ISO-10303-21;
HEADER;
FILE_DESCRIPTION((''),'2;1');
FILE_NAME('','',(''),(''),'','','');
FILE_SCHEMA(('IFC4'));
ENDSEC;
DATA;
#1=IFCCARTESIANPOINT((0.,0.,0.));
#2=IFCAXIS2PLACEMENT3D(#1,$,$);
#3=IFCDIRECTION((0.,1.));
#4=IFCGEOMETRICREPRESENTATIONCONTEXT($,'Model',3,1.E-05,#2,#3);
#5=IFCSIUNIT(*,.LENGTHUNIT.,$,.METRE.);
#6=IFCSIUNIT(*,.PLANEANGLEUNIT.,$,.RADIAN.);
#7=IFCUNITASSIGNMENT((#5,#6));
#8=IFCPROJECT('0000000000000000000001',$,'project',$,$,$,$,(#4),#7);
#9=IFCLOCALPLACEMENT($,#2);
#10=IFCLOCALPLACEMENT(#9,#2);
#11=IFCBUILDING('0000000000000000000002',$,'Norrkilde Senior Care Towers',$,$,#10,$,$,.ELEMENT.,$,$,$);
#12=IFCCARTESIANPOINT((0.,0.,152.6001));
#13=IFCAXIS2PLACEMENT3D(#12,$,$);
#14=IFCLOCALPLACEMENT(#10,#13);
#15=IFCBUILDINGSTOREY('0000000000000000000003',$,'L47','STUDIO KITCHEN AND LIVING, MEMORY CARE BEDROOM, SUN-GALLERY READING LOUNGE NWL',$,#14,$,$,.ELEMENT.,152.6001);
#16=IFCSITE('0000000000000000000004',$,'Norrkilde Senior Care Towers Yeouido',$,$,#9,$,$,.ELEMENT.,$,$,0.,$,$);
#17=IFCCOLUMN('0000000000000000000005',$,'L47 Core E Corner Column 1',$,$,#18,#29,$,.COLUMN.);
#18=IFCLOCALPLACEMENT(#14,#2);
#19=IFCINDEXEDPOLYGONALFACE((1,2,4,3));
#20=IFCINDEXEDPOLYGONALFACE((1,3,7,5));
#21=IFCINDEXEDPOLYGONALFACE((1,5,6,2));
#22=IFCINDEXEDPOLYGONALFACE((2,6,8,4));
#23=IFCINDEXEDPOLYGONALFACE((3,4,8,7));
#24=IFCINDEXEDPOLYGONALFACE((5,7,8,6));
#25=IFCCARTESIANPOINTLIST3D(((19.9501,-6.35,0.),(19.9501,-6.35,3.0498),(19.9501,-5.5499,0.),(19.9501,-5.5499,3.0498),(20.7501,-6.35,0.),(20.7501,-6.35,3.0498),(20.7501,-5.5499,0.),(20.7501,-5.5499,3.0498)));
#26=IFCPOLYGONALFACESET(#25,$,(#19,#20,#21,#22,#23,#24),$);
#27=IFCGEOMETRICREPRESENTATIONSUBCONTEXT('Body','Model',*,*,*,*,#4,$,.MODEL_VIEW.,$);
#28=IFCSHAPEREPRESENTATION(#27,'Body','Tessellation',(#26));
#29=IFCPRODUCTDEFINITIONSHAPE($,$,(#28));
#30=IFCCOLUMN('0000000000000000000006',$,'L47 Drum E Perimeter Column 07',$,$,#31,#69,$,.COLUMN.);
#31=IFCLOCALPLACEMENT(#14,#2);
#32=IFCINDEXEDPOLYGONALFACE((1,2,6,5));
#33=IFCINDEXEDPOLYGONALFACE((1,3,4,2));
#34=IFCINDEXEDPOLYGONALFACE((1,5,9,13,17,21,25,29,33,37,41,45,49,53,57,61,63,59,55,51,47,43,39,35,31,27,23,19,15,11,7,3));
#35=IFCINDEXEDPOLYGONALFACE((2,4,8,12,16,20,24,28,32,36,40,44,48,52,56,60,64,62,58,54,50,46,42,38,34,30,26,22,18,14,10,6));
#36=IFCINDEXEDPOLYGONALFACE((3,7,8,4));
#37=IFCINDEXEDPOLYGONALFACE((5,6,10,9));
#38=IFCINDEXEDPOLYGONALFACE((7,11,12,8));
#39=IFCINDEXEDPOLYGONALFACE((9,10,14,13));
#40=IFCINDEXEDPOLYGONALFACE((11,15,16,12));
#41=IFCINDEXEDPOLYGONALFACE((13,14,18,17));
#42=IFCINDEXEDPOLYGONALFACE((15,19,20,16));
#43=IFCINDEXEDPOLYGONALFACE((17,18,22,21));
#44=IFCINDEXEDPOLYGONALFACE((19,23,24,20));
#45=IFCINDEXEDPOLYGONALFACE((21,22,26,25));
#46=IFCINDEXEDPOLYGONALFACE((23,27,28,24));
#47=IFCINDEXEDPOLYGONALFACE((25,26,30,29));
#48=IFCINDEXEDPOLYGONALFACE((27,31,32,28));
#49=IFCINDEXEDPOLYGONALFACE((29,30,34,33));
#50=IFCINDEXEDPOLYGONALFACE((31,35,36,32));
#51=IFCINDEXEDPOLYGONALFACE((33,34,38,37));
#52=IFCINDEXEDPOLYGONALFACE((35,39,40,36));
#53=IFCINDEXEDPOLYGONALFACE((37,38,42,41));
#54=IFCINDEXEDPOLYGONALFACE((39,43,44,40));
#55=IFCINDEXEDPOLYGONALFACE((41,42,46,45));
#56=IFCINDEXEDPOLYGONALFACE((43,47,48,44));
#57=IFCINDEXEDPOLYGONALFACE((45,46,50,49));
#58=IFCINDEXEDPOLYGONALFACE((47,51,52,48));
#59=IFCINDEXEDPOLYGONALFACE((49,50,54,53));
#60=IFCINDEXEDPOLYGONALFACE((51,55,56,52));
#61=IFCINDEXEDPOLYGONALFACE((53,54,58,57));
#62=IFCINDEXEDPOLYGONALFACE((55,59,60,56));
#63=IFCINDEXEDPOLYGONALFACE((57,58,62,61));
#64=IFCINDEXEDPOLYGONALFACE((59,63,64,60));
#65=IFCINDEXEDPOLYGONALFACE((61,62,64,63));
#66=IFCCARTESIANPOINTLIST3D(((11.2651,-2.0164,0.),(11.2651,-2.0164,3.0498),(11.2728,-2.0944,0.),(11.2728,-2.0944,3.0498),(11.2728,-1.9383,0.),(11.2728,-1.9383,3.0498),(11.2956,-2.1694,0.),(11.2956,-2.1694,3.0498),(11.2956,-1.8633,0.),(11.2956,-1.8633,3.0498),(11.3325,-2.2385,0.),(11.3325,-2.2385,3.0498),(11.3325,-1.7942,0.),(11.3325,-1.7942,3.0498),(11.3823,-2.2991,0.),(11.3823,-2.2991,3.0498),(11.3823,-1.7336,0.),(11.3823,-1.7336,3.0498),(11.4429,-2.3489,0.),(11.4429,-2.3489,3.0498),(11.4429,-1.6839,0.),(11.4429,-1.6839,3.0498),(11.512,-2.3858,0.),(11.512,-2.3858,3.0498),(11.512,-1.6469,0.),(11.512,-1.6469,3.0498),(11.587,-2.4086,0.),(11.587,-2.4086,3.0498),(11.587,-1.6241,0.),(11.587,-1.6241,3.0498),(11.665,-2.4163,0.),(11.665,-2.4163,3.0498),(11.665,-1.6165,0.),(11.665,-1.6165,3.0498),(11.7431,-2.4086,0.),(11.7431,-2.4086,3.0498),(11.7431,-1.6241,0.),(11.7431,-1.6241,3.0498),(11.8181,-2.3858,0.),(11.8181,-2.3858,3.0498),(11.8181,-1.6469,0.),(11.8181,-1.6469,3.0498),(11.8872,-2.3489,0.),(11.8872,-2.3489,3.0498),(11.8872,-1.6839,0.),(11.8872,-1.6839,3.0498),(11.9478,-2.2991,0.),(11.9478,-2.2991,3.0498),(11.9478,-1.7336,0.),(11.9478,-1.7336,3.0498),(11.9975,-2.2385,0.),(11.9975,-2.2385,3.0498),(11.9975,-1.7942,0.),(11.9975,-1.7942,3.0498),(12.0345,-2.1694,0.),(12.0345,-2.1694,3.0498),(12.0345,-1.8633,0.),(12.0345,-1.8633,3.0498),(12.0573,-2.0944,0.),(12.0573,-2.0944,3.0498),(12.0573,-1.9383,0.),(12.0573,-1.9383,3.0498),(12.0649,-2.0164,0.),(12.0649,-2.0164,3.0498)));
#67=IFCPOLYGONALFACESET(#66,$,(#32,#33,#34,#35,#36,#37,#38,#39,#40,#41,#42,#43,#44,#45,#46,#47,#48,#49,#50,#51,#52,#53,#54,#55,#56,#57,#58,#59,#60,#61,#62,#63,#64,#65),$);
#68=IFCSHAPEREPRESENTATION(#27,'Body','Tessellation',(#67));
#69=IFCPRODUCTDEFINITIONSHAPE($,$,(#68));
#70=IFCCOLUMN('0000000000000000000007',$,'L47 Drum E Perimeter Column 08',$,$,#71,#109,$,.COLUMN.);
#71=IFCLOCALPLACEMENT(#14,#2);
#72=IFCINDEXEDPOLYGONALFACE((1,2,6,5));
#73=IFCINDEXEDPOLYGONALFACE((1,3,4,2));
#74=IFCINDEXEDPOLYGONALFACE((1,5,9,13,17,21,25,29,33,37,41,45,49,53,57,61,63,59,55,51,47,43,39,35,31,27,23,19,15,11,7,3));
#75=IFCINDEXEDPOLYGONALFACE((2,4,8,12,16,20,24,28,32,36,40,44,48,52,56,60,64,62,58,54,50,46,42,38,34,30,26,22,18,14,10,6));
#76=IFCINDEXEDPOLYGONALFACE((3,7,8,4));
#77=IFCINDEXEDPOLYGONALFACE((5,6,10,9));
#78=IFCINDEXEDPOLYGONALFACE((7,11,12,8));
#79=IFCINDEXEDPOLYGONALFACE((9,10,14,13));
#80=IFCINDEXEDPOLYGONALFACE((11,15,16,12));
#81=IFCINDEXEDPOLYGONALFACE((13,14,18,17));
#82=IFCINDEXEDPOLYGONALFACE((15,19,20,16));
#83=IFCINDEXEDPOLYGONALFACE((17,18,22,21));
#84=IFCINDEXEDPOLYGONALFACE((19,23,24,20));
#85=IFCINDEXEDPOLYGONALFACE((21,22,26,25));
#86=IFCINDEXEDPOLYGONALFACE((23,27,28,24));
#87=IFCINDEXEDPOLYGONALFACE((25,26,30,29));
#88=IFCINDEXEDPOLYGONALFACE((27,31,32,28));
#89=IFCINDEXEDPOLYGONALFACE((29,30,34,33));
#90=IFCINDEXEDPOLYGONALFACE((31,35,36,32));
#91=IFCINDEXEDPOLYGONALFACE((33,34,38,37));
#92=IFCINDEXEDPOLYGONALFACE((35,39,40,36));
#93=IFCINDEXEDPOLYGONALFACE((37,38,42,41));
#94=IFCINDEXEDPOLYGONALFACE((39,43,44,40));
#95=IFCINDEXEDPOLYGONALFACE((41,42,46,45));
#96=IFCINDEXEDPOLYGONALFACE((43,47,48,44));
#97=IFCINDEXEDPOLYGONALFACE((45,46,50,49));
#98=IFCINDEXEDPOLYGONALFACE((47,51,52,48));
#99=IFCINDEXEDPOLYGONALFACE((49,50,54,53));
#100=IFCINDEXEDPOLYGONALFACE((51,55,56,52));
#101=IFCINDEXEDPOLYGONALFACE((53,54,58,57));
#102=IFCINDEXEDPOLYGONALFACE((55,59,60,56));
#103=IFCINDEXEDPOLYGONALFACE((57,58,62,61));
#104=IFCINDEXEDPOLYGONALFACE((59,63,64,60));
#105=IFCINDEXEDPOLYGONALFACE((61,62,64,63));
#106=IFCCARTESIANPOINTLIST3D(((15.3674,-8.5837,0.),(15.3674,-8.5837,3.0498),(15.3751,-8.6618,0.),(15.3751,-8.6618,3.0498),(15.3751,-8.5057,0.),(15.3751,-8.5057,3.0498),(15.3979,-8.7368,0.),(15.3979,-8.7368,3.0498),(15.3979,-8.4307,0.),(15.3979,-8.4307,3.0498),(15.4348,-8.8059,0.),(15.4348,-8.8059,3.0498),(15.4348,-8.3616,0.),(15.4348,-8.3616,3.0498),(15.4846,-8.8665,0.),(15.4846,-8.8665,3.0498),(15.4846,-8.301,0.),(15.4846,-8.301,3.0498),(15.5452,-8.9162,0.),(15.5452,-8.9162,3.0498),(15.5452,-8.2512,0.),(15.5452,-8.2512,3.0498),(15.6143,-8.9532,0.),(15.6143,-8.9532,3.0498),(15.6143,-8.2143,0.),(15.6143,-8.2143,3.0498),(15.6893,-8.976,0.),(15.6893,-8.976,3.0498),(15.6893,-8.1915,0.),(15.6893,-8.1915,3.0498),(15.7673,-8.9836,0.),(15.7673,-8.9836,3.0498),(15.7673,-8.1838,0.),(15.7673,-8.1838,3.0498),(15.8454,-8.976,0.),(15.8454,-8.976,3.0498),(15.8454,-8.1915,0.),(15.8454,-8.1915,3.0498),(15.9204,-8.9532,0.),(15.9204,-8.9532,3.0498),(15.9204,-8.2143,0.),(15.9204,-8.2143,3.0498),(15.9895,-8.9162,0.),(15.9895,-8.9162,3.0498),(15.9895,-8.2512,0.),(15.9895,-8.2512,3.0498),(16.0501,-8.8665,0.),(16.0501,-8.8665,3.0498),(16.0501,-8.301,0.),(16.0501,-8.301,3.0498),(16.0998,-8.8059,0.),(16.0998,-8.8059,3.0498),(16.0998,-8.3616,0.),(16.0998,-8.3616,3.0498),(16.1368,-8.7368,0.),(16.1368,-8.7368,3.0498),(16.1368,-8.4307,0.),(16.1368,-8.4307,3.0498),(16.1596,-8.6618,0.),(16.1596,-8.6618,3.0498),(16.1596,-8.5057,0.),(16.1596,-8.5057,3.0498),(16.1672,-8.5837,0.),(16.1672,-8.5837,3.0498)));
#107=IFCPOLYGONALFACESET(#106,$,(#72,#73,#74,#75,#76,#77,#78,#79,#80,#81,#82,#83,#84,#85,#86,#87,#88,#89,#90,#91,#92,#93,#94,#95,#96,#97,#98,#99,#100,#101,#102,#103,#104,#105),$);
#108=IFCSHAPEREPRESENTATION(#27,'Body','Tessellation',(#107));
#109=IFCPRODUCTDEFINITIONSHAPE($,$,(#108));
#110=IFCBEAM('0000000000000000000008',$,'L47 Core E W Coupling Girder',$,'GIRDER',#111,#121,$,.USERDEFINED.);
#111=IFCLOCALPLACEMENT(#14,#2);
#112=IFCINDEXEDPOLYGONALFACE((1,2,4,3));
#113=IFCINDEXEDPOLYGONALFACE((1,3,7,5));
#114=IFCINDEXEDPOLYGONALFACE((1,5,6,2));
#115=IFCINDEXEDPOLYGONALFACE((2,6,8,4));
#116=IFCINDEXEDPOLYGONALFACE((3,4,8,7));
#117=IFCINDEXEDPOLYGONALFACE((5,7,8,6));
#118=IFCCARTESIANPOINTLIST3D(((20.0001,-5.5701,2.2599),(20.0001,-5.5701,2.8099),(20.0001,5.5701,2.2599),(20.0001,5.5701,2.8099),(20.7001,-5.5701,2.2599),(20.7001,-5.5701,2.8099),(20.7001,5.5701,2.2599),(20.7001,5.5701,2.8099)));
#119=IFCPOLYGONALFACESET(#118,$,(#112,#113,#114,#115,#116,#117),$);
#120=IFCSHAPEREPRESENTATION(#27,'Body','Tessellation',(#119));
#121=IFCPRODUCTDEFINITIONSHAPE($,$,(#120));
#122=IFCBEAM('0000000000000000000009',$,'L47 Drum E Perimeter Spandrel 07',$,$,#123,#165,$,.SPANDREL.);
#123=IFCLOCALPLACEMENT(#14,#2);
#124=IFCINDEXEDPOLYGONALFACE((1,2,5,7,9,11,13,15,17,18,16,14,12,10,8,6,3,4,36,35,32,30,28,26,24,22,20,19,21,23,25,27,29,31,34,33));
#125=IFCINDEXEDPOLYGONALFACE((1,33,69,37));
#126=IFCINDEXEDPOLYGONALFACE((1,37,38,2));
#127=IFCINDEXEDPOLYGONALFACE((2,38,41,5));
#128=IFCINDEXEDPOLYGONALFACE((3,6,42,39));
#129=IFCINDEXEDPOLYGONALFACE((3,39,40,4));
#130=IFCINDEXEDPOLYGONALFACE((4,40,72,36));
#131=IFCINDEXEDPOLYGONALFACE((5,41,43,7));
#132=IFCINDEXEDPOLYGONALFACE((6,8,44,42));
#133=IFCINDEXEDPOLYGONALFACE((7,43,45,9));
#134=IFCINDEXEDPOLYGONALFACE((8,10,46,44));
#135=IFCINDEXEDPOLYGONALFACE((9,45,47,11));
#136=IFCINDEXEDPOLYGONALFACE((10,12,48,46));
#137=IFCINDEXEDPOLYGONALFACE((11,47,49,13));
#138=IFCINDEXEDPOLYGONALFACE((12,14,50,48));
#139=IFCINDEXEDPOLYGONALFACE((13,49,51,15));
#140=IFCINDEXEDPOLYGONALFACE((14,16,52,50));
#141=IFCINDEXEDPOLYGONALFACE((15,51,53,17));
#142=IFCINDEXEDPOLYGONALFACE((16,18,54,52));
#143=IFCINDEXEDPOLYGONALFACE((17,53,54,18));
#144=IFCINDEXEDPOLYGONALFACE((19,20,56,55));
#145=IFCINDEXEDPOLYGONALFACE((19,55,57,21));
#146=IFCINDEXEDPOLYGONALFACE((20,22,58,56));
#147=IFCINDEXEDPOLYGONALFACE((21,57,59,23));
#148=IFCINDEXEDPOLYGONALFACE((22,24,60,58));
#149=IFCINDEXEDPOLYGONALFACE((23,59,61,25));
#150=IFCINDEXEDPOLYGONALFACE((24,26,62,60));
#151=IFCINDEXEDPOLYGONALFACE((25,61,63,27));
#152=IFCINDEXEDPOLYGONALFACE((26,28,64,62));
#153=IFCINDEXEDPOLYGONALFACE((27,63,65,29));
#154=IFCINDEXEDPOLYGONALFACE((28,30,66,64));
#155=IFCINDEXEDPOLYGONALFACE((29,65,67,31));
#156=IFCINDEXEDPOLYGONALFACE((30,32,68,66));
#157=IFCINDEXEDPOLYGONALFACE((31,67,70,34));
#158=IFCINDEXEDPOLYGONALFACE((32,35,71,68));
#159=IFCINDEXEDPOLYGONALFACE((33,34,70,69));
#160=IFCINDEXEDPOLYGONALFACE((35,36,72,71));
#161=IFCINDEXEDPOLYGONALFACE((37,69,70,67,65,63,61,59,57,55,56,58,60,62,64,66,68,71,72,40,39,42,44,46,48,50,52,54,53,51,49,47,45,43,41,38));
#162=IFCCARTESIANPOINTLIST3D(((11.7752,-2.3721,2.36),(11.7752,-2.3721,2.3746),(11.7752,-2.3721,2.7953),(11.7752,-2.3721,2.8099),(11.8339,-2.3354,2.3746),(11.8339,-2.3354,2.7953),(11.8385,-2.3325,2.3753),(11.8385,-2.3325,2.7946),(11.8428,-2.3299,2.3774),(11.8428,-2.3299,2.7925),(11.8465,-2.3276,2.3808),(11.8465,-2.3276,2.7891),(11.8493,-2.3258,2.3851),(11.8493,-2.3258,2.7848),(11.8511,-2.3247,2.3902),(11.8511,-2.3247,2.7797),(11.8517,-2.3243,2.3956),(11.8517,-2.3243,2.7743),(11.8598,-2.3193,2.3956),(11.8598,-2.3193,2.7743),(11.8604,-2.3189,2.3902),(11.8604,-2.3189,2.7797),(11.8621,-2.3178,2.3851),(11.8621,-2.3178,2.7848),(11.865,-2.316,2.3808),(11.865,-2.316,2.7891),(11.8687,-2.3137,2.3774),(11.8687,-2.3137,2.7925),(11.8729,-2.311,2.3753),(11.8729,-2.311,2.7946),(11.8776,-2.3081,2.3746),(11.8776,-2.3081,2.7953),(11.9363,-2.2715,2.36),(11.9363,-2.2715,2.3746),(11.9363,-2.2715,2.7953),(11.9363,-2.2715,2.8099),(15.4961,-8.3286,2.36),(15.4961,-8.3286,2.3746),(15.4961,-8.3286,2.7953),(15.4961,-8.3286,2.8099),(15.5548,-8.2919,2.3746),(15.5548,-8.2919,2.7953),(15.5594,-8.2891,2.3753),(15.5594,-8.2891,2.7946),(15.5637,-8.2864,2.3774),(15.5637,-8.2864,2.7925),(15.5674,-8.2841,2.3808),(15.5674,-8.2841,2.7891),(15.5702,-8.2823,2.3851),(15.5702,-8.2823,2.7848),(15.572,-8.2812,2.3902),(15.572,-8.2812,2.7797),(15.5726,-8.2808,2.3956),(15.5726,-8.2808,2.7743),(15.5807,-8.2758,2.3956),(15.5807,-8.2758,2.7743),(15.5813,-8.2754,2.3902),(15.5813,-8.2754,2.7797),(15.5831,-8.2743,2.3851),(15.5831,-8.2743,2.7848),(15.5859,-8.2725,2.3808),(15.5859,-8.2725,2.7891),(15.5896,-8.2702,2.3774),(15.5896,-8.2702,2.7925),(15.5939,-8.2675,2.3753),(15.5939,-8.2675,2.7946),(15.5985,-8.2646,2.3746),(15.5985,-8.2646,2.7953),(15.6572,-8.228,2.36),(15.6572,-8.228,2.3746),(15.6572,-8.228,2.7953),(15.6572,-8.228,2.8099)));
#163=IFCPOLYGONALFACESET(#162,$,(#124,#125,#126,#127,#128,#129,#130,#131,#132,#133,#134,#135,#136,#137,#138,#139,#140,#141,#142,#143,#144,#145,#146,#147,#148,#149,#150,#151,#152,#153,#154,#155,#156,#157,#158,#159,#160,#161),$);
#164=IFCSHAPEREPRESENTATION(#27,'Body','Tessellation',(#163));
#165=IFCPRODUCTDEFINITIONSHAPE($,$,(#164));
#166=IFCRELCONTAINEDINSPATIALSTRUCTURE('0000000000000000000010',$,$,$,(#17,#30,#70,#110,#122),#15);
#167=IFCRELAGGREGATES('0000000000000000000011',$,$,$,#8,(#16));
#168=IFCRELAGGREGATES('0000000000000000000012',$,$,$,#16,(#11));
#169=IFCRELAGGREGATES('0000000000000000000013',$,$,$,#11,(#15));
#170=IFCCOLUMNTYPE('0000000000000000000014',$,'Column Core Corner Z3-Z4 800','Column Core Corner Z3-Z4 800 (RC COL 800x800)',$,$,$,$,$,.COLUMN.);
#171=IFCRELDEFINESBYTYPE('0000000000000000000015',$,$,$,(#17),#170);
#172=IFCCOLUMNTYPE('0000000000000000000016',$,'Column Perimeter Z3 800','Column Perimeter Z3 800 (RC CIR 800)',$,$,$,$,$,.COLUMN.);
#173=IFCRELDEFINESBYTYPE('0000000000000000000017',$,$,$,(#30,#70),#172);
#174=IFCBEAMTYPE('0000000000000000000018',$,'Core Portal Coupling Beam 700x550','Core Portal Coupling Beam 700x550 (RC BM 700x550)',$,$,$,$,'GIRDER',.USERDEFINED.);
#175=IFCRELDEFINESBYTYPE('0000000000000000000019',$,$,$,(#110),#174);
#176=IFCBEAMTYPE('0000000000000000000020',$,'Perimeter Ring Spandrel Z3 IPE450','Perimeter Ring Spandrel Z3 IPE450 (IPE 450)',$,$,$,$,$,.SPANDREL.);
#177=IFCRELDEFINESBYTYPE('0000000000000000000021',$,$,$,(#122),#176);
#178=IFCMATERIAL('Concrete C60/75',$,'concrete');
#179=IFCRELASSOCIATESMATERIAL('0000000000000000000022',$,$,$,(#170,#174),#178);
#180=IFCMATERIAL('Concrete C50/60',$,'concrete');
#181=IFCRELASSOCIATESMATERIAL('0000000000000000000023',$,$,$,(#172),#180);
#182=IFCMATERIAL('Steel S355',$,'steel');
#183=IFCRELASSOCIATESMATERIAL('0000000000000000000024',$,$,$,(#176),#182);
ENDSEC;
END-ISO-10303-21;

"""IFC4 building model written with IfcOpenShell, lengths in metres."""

from ifc_helpers import new_model, si_unit, direction, frame, origin, origin_2d, place, context, subcontext, project, spatial, rectangle, circle, i_section, extrude, source, transform, mapped, material, material_profile, profile_set, type_object, type_shapes, element, save


model = new_model("IFC4")

# Units and contexts
model_context = context("Model", 3, precision=1e-05, world=origin(), true_north=direction((0.0, 1.0)))
body_context = subcontext(model_context, "Body", "Model", "MODEL_VIEW")
ifc_project = project(units=[si_unit("LENGTHUNIT", "METRE"), si_unit("PLANEANGLEUNIT", "RADIAN")], contexts=[model_context])

# Site, building, storey
site_placement = place(None, origin())
site = spatial("IfcSite", under=ifc_project, at=site_placement, Name="Norrkilde Senior Care Towers Yeouido", CompositionType="ELEMENT", RefElevation=0.0)
building_placement = place(site_placement, origin())
building = spatial("IfcBuilding", under=site, at=building_placement, Name="Norrkilde Senior Care Towers", CompositionType="ELEMENT")
storey_placement = place(building_placement, frame((0.0, 0.0, 152.6001)))
storey = spatial("IfcBuildingStorey", under=building, at=storey_placement, Name="L47", Description="STUDIO KITCHEN AND LIVING, MEMORY CARE BEDROOM, SUN-GALLERY READING LOUNGE NWL", CompositionType="ELEMENT", Elevation=152.6001)

# Columns
ifc_material_1 = material(Name="Concrete C60/75", Category="concrete")
ifc_material_profile_1 = material_profile(ifc_material_1, rectangle(XDim=0.8, YDim=0.8, at=origin_2d()), Name="RC COL 800x800")
ifc_profile_set_1 = profile_set([ifc_material_profile_1], Name="Concrete C60/75")
column_type_1 = type_object("IfcColumnType", Name="Column Core Corner Z3-Z4 800", Description="Column Core Corner Z3-Z4 800 (RC COL 800x800)", PredefinedType="COLUMN", material=ifc_profile_set_1)
shared_shape_1 = source(origin(), body_context, "Body", "SweptSolid", [
    extrude(rectangle(XDim=0.8, YDim=0.8, at=origin_2d()), origin(), (0.0, 0.0, 1.0), 3.0498),
])
type_shapes(column_type_1, [shared_shape_1])
column_placement = place(storey_placement, frame((20.3501, -5.95, 0.0), z_axis=(0.0, 0.0, 1.0), x_axis=(1.0, 0.0, 0.0)))
element("IfcColumn", 1, at=column_placement, inside=storey, type_object=column_type_1, Name="L47 Core E Corner Column 1", PredefinedType="COLUMN", context=body_context, shape_type="MappedRepresentation", body=[
    mapped(shared_shape_1, transform((0.0, 0.0, 0.0), x_axis=(1.0, 0.0, 0.0), y_axis=(0.0, 1.0, 0.0), z_axis=(0.0, 0.0, 1.0), scale=1.0)),
])
ifc_material_2 = material(Name="Concrete C50/60", Category="concrete")
ifc_material_profile_2 = material_profile(ifc_material_2, circle(Radius=0.3999, at=origin_2d()), Name="RC CIR 800")
ifc_profile_set_2 = profile_set([ifc_material_profile_2], Name="Concrete C50/60")
column_type_2 = type_object("IfcColumnType", Name="Column Perimeter Z3 800", Description="Column Perimeter Z3 800 (RC CIR 800)", PredefinedType="COLUMN", material=ifc_profile_set_2)
shared_shape_2 = source(origin(), body_context, "Body", "SweptSolid", [
    extrude(circle(Radius=0.3999, at=origin_2d()), origin(), (0.0, 0.0, 1.0), 3.0498),
])
type_shapes(column_type_2, [shared_shape_2])
for number, where, z_axis, x_axis, name in (
    (2, (11.665, -2.0164, 0.0), (0.0, 0.0, 1.0), (1.0, 0.0, 0.0), "L47 Drum E Perimeter Column 07"),
    (3, (15.7673, -8.5837, 0.0), (0.0, 0.0, 1.0), (1.0, 0.0, 0.0), "L47 Drum E Perimeter Column 08"),
):
    element("IfcColumn", number, at=place(storey_placement, frame(where, z_axis=z_axis, x_axis=x_axis)), inside=storey, type_object=column_type_2, Name=name, PredefinedType="COLUMN", context=body_context, shape_type="MappedRepresentation", body=[
        mapped(shared_shape_2, transform((0.0, 0.0, 0.0), x_axis=(1.0, 0.0, 0.0), y_axis=(0.0, 1.0, 0.0), z_axis=(0.0, 0.0, 1.0), scale=1.0)),
    ])

# Beams
ifc_material_profile_3 = material_profile(ifc_material_1, rectangle(XDim=0.7, YDim=0.55, at=origin_2d()), Name="RC BM 700x550")
ifc_profile_set_3 = profile_set([ifc_material_profile_3], Name="Concrete C60/75")
beam_type_1 = type_object("IfcBeamType", Name="Core Portal Coupling Beam 700x550", Description="Core Portal Coupling Beam 700x550 (RC BM 700x550)", ElementType="GIRDER", PredefinedType="USERDEFINED", material=ifc_profile_set_3)
shared_shape_3 = source(origin(), body_context, "Body", "SweptSolid", [
    extrude(rectangle(XDim=0.7, YDim=0.55, at=origin_2d()), origin(), (0.0, 0.0, 1.0), 11.1401),
])
type_shapes(beam_type_1, [shared_shape_3])
beam_1_placement = place(storey_placement, frame((20.3501, -5.5701, 2.5349), z_axis=(0.0, 1.0, 0.0), x_axis=(-1.0, 0.0, 0.0)))
element("IfcBeam", 4, at=beam_1_placement, inside=storey, type_object=beam_type_1, Name="L47 Core E W Coupling Girder", ObjectType="GIRDER", PredefinedType="USERDEFINED", context=body_context, shape_type="MappedRepresentation", body=[
    mapped(shared_shape_3, transform((0.0, 0.0, 0.0), x_axis=(1.0, 0.0, 0.0), y_axis=(0.0, 1.0, 0.0), z_axis=(0.0, 0.0, 1.0), scale=1.0)),
])
ifc_material_3 = material(Name="Steel S355", Category="steel")
ifc_material_profile_4 = material_profile(ifc_material_3, i_section(OverallWidth=0.1899, OverallDepth=0.45, WebThickness=0.0095, FlangeThickness=0.0146, FilletRadius=0.021, at=origin_2d()), Name="IPE 450")
ifc_profile_set_4 = profile_set([ifc_material_profile_4], Name="Steel S355")
beam_type_2 = type_object("IfcBeamType", Name="Perimeter Ring Spandrel Z3 IPE450", Description="Perimeter Ring Spandrel Z3 IPE450 (IPE 450)", PredefinedType="SPANDREL", material=ifc_profile_set_4)
shared_shape_4 = source(origin(), body_context, "Body", "SweptSolid", [
    extrude(i_section(OverallWidth=0.1899, OverallDepth=0.45, WebThickness=0.0095, FlangeThickness=0.0146, FilletRadius=0.021, at=origin_2d()), origin(), (0.0, 0.0, 1.0), 7.0232),
])
beam_2_placement = place(storey_placement, frame((11.8557, -2.3218, 2.585), z_axis=(0.529805, -0.848119, 0.0), x_axis=(0.848119, 0.529805, 0.0)))
element("IfcBeam", 5, at=beam_2_placement, inside=storey, type_object=beam_type_2, Name="L47 Drum E Perimeter Spandrel 07", PredefinedType="SPANDREL", context=body_context, shape_type="MappedRepresentation", body=[
    mapped(shared_shape_4, transform((0.0, 0.0, 0.0), x_axis=(1.0, 0.0, 0.0), y_axis=(0.0, 1.0, 0.0), z_axis=(0.0, 0.0, 1.0), scale=1.0)),
])

save(model, "model.ifc")
